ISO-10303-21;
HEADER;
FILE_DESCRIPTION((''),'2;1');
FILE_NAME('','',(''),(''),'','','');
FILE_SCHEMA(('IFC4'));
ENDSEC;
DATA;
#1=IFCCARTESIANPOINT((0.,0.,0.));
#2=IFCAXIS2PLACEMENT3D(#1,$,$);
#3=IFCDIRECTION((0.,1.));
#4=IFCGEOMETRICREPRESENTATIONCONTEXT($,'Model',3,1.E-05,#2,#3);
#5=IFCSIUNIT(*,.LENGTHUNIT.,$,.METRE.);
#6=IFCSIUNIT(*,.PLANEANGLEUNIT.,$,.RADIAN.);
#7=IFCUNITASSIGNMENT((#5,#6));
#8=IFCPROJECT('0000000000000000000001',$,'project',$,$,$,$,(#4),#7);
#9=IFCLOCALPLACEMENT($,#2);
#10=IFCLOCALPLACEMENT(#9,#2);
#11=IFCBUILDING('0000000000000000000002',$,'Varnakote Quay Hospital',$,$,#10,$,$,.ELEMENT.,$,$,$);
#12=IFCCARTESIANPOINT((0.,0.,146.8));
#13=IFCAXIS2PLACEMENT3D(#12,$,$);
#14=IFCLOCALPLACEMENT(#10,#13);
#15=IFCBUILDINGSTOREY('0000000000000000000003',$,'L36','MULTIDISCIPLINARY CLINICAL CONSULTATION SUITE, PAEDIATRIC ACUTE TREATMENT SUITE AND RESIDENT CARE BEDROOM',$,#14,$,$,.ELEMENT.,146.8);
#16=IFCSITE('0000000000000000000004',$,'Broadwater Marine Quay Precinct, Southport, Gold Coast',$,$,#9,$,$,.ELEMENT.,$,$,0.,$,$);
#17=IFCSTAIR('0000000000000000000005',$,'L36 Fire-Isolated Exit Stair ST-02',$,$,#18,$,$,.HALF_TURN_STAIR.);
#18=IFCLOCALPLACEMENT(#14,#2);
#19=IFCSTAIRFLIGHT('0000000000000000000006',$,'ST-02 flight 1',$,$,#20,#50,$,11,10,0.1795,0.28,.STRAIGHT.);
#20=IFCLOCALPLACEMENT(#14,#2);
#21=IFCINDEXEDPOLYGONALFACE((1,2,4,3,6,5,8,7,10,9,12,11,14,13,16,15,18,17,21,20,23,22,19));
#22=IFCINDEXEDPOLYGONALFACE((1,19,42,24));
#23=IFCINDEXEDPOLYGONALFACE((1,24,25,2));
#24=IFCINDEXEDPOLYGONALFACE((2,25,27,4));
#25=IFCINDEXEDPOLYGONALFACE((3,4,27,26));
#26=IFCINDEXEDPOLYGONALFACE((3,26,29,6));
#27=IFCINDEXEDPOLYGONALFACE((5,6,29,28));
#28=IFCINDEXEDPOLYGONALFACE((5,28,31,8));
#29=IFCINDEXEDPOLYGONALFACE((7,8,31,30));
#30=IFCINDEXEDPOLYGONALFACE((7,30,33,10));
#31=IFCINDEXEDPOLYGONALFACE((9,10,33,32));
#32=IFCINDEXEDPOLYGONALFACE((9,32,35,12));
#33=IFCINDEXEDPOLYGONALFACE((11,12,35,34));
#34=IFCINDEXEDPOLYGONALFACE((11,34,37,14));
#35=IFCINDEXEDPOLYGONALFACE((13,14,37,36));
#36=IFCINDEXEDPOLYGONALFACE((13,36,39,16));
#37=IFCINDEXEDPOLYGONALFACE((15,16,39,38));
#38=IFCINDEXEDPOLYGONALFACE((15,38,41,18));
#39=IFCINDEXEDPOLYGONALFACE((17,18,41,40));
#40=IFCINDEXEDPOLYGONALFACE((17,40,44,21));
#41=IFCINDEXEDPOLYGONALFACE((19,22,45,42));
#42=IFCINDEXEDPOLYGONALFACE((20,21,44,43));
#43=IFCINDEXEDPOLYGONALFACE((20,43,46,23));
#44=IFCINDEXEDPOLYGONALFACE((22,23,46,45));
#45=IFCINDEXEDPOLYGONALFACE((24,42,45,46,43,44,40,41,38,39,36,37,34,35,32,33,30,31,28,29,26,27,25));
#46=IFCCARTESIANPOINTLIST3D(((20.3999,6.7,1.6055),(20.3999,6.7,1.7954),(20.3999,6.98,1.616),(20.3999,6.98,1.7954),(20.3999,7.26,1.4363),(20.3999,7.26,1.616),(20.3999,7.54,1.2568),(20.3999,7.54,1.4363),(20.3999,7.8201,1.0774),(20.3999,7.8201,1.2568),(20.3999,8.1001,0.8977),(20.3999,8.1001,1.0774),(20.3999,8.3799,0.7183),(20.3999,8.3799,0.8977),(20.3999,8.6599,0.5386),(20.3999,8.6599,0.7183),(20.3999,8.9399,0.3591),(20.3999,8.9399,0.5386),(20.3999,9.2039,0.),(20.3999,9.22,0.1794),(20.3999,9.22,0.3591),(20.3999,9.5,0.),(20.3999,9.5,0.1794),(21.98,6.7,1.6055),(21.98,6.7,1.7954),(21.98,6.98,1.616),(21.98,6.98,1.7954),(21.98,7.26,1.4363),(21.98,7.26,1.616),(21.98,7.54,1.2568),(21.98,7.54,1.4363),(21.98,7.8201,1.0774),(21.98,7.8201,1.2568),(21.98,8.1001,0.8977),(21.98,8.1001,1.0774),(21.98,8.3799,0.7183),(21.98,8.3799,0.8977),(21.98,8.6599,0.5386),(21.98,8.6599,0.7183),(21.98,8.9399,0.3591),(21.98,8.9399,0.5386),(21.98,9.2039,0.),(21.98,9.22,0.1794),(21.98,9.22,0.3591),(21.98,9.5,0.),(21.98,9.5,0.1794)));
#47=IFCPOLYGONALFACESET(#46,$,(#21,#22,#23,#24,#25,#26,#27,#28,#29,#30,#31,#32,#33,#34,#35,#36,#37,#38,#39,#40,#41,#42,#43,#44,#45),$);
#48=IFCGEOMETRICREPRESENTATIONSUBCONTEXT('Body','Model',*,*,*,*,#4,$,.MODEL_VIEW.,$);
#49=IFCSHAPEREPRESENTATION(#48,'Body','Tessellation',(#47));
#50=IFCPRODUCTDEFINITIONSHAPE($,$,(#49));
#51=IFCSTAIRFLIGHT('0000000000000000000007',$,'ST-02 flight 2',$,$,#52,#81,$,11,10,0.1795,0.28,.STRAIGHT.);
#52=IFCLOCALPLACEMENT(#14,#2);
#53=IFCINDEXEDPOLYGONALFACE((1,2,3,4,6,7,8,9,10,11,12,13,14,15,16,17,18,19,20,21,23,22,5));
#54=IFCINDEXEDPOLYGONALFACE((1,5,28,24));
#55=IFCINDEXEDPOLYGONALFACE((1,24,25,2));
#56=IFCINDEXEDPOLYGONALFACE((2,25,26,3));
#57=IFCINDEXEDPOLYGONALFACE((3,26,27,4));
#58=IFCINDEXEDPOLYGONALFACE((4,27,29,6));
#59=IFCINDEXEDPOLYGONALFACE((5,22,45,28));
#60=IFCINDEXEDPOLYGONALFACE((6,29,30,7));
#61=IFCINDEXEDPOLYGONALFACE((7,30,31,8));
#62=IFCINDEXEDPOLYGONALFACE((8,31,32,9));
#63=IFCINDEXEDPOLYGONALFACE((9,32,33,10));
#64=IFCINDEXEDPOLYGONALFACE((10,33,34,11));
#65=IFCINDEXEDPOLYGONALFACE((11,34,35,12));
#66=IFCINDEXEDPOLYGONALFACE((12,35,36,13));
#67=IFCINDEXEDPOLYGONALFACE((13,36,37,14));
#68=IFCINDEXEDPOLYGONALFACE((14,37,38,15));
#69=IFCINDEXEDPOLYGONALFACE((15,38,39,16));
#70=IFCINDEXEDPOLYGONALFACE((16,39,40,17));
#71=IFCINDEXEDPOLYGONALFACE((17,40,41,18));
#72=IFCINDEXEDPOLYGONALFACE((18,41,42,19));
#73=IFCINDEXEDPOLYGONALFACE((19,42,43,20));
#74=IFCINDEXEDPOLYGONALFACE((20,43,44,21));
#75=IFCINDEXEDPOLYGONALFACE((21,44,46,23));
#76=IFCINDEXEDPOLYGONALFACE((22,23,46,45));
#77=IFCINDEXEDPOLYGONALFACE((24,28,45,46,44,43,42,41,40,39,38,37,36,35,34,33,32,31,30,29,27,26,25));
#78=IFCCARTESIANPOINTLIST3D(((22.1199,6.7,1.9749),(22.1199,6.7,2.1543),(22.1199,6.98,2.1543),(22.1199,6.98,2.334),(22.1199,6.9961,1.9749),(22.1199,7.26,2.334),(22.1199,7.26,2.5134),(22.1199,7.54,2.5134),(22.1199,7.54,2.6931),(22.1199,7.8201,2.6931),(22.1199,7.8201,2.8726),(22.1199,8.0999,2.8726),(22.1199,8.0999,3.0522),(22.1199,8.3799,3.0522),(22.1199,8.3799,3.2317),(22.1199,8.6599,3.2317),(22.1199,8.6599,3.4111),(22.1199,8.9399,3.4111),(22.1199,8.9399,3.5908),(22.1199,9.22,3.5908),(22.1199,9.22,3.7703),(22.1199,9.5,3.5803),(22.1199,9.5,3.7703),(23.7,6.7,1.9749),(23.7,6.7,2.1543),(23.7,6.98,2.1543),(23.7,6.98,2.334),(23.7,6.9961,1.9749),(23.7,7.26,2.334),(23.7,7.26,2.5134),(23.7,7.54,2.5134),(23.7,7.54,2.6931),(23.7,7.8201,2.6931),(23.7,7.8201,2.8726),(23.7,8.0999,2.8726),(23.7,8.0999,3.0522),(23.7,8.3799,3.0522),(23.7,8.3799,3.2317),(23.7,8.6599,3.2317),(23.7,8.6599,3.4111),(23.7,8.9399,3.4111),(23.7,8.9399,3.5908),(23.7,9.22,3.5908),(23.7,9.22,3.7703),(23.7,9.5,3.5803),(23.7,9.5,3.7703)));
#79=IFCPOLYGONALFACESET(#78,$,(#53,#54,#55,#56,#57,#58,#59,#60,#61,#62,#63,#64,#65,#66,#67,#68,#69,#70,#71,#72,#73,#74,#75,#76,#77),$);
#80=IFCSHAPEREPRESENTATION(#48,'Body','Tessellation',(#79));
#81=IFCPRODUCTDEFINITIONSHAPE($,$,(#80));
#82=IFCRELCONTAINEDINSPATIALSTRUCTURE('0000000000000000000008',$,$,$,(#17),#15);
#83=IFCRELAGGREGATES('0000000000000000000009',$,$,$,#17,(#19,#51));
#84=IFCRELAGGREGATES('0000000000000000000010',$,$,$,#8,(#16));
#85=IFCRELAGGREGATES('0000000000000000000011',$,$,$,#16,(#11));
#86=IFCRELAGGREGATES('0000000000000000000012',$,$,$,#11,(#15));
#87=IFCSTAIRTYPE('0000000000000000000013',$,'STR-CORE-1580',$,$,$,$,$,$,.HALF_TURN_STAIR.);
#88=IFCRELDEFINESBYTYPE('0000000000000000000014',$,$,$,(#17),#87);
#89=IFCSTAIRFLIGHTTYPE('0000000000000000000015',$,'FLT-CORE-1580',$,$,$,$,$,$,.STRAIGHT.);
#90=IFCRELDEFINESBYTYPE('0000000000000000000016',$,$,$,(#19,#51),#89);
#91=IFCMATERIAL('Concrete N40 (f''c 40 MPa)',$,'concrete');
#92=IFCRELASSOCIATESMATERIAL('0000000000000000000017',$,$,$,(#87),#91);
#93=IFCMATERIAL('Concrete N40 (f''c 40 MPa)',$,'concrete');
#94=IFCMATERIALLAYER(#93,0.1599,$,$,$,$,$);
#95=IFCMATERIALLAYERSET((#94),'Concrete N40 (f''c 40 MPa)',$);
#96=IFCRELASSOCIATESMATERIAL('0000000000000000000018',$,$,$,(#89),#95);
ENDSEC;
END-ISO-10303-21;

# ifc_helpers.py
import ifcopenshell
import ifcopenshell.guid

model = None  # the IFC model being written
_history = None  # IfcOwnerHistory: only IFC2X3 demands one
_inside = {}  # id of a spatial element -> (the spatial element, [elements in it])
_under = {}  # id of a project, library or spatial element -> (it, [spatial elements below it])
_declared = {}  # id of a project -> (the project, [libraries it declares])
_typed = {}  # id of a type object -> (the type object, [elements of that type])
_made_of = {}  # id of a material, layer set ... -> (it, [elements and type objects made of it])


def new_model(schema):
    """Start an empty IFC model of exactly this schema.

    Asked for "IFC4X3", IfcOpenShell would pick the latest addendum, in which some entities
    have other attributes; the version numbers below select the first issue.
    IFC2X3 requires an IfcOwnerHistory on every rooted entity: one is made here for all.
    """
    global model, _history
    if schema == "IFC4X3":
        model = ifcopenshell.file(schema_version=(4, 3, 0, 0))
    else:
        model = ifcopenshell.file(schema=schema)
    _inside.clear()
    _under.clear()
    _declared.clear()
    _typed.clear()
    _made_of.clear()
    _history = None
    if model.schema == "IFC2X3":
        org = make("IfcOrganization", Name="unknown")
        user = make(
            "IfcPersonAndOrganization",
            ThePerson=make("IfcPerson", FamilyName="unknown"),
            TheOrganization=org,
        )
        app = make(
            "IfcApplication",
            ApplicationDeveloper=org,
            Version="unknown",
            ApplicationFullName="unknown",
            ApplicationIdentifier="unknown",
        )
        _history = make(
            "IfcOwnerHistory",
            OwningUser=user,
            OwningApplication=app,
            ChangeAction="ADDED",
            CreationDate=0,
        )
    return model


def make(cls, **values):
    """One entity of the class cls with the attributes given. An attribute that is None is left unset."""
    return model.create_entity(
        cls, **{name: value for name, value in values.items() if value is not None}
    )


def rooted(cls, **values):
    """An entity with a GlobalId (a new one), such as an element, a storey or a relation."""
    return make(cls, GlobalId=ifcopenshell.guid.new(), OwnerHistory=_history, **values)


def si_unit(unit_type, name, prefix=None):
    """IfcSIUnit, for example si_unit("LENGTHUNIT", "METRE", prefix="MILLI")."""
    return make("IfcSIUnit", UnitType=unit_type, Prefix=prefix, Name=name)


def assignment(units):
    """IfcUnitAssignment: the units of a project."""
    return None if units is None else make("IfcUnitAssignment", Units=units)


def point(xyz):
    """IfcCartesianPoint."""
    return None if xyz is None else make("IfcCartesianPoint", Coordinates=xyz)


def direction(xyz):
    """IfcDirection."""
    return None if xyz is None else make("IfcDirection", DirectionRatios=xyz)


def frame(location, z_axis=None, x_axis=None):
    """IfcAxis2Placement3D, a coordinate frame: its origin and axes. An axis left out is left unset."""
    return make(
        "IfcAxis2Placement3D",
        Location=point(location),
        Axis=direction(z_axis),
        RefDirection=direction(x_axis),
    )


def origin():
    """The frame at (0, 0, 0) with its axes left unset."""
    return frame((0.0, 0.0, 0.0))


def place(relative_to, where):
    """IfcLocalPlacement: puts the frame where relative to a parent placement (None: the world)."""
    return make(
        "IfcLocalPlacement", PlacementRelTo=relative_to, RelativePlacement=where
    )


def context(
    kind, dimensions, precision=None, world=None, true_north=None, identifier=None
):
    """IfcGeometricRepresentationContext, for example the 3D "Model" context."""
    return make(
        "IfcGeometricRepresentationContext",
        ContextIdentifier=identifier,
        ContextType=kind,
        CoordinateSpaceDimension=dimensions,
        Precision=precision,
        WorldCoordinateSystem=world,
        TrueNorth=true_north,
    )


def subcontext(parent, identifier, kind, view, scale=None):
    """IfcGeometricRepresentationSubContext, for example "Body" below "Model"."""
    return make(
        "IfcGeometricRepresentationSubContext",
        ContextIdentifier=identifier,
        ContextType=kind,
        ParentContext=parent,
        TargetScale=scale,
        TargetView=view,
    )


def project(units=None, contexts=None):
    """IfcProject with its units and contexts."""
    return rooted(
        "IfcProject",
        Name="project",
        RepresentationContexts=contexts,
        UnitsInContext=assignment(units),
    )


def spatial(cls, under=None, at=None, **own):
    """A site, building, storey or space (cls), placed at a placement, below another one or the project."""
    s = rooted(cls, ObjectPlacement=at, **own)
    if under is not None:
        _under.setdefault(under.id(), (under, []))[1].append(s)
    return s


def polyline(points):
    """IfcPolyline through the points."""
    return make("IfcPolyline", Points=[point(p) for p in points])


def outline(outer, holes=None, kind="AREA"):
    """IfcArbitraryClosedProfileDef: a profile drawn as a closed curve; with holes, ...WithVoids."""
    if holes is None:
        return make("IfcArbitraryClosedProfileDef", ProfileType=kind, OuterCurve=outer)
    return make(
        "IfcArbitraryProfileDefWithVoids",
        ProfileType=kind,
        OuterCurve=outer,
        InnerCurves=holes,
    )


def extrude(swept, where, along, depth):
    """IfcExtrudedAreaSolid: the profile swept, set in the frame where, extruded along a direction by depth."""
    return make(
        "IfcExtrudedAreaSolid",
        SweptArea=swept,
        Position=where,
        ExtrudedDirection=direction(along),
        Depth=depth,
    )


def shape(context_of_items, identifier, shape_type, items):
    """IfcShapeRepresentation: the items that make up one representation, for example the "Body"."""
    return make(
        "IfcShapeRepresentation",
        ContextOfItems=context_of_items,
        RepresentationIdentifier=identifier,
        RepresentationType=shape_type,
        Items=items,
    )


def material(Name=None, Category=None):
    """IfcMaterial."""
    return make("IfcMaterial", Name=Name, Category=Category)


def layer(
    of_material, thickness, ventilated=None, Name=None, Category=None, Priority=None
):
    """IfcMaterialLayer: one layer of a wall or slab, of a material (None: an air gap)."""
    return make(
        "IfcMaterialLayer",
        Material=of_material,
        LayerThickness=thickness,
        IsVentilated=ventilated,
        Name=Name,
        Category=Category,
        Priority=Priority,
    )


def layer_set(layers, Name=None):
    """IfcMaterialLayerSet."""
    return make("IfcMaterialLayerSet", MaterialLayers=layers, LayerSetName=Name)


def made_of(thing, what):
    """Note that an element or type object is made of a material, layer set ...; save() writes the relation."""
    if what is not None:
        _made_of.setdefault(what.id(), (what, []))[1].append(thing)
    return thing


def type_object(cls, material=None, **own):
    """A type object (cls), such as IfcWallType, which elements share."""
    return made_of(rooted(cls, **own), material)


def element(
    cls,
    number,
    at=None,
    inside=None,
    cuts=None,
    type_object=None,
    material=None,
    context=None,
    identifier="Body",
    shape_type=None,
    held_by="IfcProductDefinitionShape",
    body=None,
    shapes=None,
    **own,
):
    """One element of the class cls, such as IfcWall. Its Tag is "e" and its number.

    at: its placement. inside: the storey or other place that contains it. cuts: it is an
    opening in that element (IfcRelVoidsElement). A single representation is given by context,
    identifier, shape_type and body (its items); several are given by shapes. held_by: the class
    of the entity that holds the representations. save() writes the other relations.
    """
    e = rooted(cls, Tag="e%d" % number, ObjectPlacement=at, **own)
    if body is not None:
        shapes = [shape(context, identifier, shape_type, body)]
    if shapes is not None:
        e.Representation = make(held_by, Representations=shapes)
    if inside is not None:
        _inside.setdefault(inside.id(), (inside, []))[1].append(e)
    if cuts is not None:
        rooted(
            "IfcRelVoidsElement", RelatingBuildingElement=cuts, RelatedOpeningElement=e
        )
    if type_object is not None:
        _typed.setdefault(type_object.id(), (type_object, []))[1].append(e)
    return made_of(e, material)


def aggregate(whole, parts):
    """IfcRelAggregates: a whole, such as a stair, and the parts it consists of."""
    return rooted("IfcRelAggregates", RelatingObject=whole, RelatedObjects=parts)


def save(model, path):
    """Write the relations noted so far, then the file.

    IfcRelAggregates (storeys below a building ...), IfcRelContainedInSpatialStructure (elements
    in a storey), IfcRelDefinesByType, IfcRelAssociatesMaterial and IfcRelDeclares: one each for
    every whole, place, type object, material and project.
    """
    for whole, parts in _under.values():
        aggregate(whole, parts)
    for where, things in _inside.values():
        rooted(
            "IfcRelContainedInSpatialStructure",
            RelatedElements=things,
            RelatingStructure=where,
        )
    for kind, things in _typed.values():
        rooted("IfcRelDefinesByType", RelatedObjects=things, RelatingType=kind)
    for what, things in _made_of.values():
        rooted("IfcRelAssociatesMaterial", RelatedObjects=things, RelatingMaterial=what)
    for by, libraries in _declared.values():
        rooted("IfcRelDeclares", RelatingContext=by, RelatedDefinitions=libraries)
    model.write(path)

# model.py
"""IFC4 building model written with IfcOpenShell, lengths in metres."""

from ifc_helpers import new_model, si_unit, direction, frame, origin, place, context, subcontext, project, spatial, polyline, outline, extrude, material, layer, layer_set, type_object, element, aggregate, save


model = new_model("IFC4")

# Units and contexts
model_context = context("Model", 3, precision=1e-05, world=origin(), true_north=direction((0.0, 1.0)))
body_context = subcontext(model_context, "Body", "Model", "MODEL_VIEW")
ifc_project = project(units=[si_unit("LENGTHUNIT", "METRE"), si_unit("PLANEANGLEUNIT", "RADIAN")], contexts=[model_context])

# Site, building, storey
site_placement = place(None, origin())
site = spatial("IfcSite", under=ifc_project, at=site_placement, Name="Broadwater Marine Quay Precinct, Southport, Gold Coast", CompositionType="ELEMENT", RefElevation=0.0)
building_placement = place(site_placement, origin())
building = spatial("IfcBuilding", under=site, at=building_placement, Name="Varnakote Quay Hospital", CompositionType="ELEMENT")
storey_placement = place(building_placement, frame((0.0, 0.0, 146.8)))
storey = spatial("IfcBuildingStorey", under=building, at=storey_placement, Name="L36", Description="MULTIDISCIPLINARY CLINICAL CONSULTATION SUITE, PAEDIATRIC ACUTE TREATMENT SUITE AND RESIDENT CARE BEDROOM", CompositionType="ELEMENT", Elevation=146.8)

# Stair, stair flights
ifc_material_1 = material(Name="Concrete N40 (f'c 40 MPa)", Category="concrete")
stair_type = type_object("IfcStairType", Name="STR-CORE-1580", PredefinedType="HALF_TURN_STAIR", material=ifc_material_1)
stair_placement = place(storey_placement, origin())
stair = element("IfcStair", 1, at=stair_placement, inside=storey, type_object=stair_type, Name="L36 Fire-Isolated Exit Stair ST-02", PredefinedType="HALF_TURN_STAIR")
ifc_material_2 = material(Name="Concrete N40 (f'c 40 MPa)", Category="concrete")
ifc_layer_1 = layer(ifc_material_2, 0.1599)
ifc_layer_set_1 = layer_set([ifc_layer_1], Name="Concrete N40 (f'c 40 MPa)")
stair_flight_type = type_object("IfcStairFlightType", Name="FLT-CORE-1580", PredefinedType="STRAIGHT", material=ifc_layer_set_1)
stair_flight_1_placement = place(storey_placement, frame((21.1899, 9.5, 0.0), z_axis=(0.0, 0.0, 1.0), x_axis=(0.0, -1.0, 0.0)))
stair_flight_1 = element("IfcStairFlight", 2, at=stair_flight_1_placement, type_object=stair_flight_type, Name="ST-02 flight 1", NumberOfRisers=11, NumberOfTreads=10, PredefinedType="STRAIGHT", RiserHeight=0.1795, TreadLength=0.28, context=body_context, shape_type="SweptSolid", body=[
    extrude(outline(polyline([(0.0, 0.0), (0.0, 0.1794), (0.28, 0.1794), (0.28, 0.3591), (0.5601, 0.3591), (0.5601, 0.5386), (0.8401, 0.5386), (0.8401, 0.7183), (1.1201, 0.7183), (1.1201, 0.8977), (1.3999, 0.8977), (1.3999, 1.0774), (1.6799, 1.0774), (1.6799, 1.2568), (1.96, 1.2568), (1.96, 1.4363), (2.24, 1.4363), (2.24, 1.616), (2.52, 1.616), (2.52, 1.7954), (2.8, 1.7954), (2.8, 1.9751), (2.8, 1.6055), (0.2961, 0.0), (0.0, 0.0)])), frame((0.0, 0.79, 0.0), z_axis=(0.0, -1.0, 0.0), x_axis=(1.0, 0.0, 0.0)), (0.0, 0.0, 1.0), 1.5801),
])
stair_flight_2_placement = place(storey_placement, frame((22.9099, 6.7, 1.9749), z_axis=(0.0, 0.0, 1.0), x_axis=(0.0, 1.0, 0.0)))
stair_flight_2 = element("IfcStairFlight", 3, at=stair_flight_2_placement, type_object=stair_flight_type, Name="ST-02 flight 2", NumberOfRisers=11, NumberOfTreads=10, PredefinedType="STRAIGHT", RiserHeight=0.1795, TreadLength=0.28, context=body_context, shape_type="SweptSolid", body=[
    extrude(outline(polyline([(0.0, 0.0), (0.0, 0.1794), (0.28, 0.1794), (0.28, 0.3591), (0.5601, 0.3591), (0.5601, 0.5386), (0.8401, 0.5386), (0.8401, 0.7183), (1.1201, 0.7183), (1.1201, 0.8977), (1.3999, 0.8977), (1.3999, 1.0774), (1.6799, 1.0774), (1.6799, 1.2568), (1.96, 1.2568), (1.96, 1.4363), (2.24, 1.4363), (2.24, 1.616), (2.52, 1.616), (2.52, 1.7954), (2.8, 1.7954), (2.8, 1.9751), (2.8, 1.6055), (0.2961, 0.0), (0.0, 0.0)])), frame((0.0, 0.79, 0.0), z_axis=(0.0, -1.0, 0.0), x_axis=(1.0, 0.0, 0.0)), (0.0, 0.0, 1.0), 1.5801),
])
aggregate(stair, [stair_flight_1, stair_flight_2])

save(model, "model.ifc")
